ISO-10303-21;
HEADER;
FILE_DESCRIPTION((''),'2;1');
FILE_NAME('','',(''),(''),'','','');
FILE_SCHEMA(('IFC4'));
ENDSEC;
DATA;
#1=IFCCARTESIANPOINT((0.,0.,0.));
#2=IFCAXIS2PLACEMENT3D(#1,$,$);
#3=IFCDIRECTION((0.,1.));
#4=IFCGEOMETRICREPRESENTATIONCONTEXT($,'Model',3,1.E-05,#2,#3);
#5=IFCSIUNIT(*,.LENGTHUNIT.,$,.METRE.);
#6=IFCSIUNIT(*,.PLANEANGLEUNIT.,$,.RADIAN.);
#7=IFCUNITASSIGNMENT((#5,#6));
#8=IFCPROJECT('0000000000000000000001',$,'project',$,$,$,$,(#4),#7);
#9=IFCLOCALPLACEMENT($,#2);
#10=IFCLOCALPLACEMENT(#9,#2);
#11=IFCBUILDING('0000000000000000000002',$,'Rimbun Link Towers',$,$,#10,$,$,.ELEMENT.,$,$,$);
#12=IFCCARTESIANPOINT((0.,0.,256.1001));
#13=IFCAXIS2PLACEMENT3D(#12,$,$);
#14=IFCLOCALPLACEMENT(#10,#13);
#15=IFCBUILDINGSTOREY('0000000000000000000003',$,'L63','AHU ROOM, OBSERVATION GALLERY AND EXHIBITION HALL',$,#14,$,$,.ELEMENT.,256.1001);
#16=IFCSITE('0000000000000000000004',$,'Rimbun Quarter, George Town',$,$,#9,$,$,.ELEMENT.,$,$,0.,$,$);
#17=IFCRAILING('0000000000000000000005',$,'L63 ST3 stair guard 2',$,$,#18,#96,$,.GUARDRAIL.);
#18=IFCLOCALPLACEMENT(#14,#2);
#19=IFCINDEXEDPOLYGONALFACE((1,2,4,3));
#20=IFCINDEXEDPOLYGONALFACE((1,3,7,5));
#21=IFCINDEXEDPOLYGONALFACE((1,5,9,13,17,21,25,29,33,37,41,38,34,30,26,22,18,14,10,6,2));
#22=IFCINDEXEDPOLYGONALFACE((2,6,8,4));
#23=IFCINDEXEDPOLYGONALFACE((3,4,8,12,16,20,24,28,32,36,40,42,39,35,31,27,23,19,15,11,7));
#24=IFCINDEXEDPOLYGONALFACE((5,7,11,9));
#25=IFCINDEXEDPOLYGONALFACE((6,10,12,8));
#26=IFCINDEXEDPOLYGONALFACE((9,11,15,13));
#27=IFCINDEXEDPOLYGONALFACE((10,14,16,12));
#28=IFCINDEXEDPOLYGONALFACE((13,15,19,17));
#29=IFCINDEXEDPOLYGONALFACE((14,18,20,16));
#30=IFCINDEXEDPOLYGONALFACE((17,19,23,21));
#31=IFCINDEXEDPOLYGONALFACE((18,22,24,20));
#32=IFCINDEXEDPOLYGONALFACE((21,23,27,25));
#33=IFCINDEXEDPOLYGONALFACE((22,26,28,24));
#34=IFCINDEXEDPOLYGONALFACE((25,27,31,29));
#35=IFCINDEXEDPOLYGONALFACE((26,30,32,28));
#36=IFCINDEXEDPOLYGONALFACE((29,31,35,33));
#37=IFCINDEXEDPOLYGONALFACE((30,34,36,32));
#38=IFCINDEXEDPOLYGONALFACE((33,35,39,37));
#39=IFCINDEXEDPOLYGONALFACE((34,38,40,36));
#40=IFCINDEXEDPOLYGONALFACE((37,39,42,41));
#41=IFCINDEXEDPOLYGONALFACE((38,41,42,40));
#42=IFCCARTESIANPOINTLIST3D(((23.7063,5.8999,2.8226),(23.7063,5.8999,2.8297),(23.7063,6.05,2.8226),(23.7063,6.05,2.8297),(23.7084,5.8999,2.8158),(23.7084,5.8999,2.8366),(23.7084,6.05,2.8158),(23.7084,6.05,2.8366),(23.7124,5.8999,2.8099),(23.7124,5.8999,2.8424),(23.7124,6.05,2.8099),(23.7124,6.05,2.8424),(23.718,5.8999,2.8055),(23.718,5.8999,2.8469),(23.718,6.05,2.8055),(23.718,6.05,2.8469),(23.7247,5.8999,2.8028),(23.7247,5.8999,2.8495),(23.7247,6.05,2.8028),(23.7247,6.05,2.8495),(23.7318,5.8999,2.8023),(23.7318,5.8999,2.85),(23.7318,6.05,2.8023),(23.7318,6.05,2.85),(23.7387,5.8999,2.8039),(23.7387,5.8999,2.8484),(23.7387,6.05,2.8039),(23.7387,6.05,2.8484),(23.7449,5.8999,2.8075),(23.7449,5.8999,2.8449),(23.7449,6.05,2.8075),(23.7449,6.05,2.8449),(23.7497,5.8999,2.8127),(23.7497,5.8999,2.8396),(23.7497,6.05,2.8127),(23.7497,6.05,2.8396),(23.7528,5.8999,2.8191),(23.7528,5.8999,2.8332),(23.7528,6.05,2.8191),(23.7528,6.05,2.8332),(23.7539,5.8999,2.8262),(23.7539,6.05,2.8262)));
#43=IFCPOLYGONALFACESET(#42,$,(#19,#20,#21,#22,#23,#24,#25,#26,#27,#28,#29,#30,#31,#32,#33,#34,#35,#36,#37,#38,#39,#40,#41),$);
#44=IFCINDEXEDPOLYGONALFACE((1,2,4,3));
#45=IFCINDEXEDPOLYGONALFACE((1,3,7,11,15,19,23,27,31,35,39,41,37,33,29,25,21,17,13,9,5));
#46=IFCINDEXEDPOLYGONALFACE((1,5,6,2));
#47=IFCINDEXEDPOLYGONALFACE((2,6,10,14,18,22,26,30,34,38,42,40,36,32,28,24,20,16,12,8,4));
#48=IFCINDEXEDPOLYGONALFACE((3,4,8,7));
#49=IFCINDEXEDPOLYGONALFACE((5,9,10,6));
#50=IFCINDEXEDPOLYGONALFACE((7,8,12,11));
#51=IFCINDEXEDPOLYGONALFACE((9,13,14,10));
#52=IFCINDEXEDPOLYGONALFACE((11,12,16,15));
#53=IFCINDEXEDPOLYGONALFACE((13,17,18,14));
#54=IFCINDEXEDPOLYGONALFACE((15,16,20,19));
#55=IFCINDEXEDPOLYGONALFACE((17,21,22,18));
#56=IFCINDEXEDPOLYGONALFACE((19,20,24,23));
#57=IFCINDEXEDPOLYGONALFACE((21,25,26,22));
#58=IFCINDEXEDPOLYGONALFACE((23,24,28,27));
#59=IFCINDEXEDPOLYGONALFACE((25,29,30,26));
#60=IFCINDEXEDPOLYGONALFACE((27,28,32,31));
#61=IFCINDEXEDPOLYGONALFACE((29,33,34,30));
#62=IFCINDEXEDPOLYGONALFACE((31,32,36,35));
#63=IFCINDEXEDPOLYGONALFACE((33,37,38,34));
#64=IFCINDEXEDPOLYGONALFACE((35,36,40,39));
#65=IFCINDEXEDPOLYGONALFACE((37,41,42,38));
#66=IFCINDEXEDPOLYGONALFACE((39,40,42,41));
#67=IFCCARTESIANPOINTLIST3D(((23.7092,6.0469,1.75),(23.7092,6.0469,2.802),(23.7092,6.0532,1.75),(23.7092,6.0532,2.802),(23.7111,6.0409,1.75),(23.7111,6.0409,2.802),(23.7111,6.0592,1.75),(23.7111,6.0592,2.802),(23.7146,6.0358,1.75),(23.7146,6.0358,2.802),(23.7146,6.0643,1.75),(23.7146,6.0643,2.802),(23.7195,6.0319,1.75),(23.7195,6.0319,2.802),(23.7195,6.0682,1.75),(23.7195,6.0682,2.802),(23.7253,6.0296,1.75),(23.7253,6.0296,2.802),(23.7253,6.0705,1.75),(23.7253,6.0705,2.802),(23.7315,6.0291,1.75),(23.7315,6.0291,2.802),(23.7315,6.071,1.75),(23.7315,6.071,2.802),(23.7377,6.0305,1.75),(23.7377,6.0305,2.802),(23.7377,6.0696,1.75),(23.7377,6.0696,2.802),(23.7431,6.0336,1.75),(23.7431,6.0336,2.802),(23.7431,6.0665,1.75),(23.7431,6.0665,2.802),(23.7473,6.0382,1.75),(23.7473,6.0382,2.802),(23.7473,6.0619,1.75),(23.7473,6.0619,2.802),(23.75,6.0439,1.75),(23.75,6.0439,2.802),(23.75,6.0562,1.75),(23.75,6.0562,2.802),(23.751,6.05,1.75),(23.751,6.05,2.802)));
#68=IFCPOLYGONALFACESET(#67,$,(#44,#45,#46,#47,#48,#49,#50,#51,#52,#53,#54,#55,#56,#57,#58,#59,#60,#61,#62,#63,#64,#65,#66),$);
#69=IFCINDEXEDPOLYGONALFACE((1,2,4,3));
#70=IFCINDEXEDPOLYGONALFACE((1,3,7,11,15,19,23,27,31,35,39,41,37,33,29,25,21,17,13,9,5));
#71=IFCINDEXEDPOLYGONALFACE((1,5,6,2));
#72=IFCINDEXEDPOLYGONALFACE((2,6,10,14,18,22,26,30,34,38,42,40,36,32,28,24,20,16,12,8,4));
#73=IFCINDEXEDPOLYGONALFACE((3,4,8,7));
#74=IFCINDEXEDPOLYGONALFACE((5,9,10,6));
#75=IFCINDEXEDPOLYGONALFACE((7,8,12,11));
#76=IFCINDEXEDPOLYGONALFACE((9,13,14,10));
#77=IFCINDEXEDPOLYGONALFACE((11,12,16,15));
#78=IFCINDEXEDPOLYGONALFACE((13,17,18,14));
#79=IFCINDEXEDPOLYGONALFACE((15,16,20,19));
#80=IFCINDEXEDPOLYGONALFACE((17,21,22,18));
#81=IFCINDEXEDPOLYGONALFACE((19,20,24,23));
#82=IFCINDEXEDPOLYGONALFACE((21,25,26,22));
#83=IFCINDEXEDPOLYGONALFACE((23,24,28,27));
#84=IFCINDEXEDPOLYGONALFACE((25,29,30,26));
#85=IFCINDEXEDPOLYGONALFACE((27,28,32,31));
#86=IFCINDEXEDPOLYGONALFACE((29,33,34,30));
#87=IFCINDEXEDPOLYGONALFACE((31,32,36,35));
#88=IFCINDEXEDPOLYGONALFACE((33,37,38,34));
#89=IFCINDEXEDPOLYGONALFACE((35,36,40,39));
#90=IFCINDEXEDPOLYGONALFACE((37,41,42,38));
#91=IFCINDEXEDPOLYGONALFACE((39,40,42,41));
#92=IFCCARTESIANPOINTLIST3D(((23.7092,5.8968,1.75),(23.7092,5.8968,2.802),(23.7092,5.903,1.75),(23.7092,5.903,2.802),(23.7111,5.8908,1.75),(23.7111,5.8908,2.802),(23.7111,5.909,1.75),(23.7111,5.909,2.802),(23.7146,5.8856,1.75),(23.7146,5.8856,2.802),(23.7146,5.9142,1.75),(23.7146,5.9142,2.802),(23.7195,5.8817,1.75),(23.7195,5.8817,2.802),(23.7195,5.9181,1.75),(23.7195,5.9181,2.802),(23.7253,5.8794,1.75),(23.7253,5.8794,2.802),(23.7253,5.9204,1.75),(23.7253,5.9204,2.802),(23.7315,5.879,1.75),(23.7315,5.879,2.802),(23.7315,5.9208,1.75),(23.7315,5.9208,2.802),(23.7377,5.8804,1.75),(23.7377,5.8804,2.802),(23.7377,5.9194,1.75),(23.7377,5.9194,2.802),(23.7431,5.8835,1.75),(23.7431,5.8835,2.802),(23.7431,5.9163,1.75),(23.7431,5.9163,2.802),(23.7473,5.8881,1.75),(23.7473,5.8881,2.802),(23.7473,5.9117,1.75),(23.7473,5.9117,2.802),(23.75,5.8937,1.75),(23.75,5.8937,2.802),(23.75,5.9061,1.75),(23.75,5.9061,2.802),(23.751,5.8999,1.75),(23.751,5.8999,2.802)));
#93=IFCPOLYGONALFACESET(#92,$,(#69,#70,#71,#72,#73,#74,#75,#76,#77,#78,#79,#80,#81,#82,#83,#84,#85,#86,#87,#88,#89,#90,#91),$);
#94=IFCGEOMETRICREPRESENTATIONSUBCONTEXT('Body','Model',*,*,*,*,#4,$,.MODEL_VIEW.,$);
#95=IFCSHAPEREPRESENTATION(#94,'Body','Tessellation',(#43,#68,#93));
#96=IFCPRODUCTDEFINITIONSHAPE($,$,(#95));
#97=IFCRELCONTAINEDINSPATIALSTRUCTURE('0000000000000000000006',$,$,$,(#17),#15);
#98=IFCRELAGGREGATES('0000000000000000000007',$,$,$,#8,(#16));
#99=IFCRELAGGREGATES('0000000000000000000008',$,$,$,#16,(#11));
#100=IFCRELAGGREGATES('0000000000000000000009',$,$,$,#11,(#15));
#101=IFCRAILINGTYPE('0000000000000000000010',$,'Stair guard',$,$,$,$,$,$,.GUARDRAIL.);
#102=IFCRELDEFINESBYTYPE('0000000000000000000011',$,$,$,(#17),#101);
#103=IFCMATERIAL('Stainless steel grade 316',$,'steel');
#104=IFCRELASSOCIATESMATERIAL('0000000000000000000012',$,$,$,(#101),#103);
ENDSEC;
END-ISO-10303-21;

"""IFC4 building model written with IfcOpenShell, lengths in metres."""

from ifc_helpers import new_model, si_unit, direction, frame, origin, origin_2d, place, context, subcontext, project, spatial, circle, extrude, material, type_object, element, save


model = new_model("IFC4")

# Units and contexts
model_context = context("Model", 3, precision=1e-05, world=origin(), true_north=direction((0.0, 1.0)))
body_context = subcontext(model_context, "Body", "Model", "MODEL_VIEW")
ifc_project = project(units=[si_unit("LENGTHUNIT", "METRE"), si_unit("PLANEANGLEUNIT", "RADIAN")], contexts=[model_context])

# Site, building, storey
site_placement = place(None, origin())
site = spatial("IfcSite", under=ifc_project, at=site_placement, Name="Rimbun Quarter, George Town", CompositionType="ELEMENT", RefElevation=0.0)
building_placement = place(site_placement, origin())
building = spatial("IfcBuilding", under=site, at=building_placement, Name="Rimbun Link Towers", CompositionType="ELEMENT")
storey_placement = place(building_placement, frame((0.0, 0.0, 256.1001)))
storey = spatial("IfcBuildingStorey", under=building, at=storey_placement, Name="L63", Description="AHU ROOM, OBSERVATION GALLERY AND EXHIBITION HALL", CompositionType="ELEMENT", Elevation=256.1001)

# Railing
ifc_material_1 = material(Name="Stainless steel grade 316", Category="steel")
railing_type_1 = type_object("IfcRailingType", Name="Stair guard", PredefinedType="GUARDRAIL", material=ifc_material_1)
railing_1_placement = place(storey_placement, frame((23.73, 6.05, 1.75)))
element("IfcRailing", 1, at=railing_1_placement, inside=storey, type_object=railing_type_1, Name="L63 ST3 stair guard 2", PredefinedType="GUARDRAIL", context=body_context, shape_type="SweptSolid", body=[
    extrude(circle(Radius=0.0239, at=origin_2d()), frame((0.0, 0.0, 1.0762), z_axis=(0.0, -1.0, 0.0), x_axis=(1.0, 0.0, 0.0)), (0.0, 0.0, 1.0), 0.1501),
    extrude(circle(Radius=0.021, at=origin_2d()), origin(), (0.0, 0.0, 1.0), 1.052),
    extrude(circle(Radius=0.021, at=origin_2d()), frame((0.0, -0.1501, 0.0)), (0.0, 0.0, 1.0), 1.052),
])

save(model, "model.ifc")
